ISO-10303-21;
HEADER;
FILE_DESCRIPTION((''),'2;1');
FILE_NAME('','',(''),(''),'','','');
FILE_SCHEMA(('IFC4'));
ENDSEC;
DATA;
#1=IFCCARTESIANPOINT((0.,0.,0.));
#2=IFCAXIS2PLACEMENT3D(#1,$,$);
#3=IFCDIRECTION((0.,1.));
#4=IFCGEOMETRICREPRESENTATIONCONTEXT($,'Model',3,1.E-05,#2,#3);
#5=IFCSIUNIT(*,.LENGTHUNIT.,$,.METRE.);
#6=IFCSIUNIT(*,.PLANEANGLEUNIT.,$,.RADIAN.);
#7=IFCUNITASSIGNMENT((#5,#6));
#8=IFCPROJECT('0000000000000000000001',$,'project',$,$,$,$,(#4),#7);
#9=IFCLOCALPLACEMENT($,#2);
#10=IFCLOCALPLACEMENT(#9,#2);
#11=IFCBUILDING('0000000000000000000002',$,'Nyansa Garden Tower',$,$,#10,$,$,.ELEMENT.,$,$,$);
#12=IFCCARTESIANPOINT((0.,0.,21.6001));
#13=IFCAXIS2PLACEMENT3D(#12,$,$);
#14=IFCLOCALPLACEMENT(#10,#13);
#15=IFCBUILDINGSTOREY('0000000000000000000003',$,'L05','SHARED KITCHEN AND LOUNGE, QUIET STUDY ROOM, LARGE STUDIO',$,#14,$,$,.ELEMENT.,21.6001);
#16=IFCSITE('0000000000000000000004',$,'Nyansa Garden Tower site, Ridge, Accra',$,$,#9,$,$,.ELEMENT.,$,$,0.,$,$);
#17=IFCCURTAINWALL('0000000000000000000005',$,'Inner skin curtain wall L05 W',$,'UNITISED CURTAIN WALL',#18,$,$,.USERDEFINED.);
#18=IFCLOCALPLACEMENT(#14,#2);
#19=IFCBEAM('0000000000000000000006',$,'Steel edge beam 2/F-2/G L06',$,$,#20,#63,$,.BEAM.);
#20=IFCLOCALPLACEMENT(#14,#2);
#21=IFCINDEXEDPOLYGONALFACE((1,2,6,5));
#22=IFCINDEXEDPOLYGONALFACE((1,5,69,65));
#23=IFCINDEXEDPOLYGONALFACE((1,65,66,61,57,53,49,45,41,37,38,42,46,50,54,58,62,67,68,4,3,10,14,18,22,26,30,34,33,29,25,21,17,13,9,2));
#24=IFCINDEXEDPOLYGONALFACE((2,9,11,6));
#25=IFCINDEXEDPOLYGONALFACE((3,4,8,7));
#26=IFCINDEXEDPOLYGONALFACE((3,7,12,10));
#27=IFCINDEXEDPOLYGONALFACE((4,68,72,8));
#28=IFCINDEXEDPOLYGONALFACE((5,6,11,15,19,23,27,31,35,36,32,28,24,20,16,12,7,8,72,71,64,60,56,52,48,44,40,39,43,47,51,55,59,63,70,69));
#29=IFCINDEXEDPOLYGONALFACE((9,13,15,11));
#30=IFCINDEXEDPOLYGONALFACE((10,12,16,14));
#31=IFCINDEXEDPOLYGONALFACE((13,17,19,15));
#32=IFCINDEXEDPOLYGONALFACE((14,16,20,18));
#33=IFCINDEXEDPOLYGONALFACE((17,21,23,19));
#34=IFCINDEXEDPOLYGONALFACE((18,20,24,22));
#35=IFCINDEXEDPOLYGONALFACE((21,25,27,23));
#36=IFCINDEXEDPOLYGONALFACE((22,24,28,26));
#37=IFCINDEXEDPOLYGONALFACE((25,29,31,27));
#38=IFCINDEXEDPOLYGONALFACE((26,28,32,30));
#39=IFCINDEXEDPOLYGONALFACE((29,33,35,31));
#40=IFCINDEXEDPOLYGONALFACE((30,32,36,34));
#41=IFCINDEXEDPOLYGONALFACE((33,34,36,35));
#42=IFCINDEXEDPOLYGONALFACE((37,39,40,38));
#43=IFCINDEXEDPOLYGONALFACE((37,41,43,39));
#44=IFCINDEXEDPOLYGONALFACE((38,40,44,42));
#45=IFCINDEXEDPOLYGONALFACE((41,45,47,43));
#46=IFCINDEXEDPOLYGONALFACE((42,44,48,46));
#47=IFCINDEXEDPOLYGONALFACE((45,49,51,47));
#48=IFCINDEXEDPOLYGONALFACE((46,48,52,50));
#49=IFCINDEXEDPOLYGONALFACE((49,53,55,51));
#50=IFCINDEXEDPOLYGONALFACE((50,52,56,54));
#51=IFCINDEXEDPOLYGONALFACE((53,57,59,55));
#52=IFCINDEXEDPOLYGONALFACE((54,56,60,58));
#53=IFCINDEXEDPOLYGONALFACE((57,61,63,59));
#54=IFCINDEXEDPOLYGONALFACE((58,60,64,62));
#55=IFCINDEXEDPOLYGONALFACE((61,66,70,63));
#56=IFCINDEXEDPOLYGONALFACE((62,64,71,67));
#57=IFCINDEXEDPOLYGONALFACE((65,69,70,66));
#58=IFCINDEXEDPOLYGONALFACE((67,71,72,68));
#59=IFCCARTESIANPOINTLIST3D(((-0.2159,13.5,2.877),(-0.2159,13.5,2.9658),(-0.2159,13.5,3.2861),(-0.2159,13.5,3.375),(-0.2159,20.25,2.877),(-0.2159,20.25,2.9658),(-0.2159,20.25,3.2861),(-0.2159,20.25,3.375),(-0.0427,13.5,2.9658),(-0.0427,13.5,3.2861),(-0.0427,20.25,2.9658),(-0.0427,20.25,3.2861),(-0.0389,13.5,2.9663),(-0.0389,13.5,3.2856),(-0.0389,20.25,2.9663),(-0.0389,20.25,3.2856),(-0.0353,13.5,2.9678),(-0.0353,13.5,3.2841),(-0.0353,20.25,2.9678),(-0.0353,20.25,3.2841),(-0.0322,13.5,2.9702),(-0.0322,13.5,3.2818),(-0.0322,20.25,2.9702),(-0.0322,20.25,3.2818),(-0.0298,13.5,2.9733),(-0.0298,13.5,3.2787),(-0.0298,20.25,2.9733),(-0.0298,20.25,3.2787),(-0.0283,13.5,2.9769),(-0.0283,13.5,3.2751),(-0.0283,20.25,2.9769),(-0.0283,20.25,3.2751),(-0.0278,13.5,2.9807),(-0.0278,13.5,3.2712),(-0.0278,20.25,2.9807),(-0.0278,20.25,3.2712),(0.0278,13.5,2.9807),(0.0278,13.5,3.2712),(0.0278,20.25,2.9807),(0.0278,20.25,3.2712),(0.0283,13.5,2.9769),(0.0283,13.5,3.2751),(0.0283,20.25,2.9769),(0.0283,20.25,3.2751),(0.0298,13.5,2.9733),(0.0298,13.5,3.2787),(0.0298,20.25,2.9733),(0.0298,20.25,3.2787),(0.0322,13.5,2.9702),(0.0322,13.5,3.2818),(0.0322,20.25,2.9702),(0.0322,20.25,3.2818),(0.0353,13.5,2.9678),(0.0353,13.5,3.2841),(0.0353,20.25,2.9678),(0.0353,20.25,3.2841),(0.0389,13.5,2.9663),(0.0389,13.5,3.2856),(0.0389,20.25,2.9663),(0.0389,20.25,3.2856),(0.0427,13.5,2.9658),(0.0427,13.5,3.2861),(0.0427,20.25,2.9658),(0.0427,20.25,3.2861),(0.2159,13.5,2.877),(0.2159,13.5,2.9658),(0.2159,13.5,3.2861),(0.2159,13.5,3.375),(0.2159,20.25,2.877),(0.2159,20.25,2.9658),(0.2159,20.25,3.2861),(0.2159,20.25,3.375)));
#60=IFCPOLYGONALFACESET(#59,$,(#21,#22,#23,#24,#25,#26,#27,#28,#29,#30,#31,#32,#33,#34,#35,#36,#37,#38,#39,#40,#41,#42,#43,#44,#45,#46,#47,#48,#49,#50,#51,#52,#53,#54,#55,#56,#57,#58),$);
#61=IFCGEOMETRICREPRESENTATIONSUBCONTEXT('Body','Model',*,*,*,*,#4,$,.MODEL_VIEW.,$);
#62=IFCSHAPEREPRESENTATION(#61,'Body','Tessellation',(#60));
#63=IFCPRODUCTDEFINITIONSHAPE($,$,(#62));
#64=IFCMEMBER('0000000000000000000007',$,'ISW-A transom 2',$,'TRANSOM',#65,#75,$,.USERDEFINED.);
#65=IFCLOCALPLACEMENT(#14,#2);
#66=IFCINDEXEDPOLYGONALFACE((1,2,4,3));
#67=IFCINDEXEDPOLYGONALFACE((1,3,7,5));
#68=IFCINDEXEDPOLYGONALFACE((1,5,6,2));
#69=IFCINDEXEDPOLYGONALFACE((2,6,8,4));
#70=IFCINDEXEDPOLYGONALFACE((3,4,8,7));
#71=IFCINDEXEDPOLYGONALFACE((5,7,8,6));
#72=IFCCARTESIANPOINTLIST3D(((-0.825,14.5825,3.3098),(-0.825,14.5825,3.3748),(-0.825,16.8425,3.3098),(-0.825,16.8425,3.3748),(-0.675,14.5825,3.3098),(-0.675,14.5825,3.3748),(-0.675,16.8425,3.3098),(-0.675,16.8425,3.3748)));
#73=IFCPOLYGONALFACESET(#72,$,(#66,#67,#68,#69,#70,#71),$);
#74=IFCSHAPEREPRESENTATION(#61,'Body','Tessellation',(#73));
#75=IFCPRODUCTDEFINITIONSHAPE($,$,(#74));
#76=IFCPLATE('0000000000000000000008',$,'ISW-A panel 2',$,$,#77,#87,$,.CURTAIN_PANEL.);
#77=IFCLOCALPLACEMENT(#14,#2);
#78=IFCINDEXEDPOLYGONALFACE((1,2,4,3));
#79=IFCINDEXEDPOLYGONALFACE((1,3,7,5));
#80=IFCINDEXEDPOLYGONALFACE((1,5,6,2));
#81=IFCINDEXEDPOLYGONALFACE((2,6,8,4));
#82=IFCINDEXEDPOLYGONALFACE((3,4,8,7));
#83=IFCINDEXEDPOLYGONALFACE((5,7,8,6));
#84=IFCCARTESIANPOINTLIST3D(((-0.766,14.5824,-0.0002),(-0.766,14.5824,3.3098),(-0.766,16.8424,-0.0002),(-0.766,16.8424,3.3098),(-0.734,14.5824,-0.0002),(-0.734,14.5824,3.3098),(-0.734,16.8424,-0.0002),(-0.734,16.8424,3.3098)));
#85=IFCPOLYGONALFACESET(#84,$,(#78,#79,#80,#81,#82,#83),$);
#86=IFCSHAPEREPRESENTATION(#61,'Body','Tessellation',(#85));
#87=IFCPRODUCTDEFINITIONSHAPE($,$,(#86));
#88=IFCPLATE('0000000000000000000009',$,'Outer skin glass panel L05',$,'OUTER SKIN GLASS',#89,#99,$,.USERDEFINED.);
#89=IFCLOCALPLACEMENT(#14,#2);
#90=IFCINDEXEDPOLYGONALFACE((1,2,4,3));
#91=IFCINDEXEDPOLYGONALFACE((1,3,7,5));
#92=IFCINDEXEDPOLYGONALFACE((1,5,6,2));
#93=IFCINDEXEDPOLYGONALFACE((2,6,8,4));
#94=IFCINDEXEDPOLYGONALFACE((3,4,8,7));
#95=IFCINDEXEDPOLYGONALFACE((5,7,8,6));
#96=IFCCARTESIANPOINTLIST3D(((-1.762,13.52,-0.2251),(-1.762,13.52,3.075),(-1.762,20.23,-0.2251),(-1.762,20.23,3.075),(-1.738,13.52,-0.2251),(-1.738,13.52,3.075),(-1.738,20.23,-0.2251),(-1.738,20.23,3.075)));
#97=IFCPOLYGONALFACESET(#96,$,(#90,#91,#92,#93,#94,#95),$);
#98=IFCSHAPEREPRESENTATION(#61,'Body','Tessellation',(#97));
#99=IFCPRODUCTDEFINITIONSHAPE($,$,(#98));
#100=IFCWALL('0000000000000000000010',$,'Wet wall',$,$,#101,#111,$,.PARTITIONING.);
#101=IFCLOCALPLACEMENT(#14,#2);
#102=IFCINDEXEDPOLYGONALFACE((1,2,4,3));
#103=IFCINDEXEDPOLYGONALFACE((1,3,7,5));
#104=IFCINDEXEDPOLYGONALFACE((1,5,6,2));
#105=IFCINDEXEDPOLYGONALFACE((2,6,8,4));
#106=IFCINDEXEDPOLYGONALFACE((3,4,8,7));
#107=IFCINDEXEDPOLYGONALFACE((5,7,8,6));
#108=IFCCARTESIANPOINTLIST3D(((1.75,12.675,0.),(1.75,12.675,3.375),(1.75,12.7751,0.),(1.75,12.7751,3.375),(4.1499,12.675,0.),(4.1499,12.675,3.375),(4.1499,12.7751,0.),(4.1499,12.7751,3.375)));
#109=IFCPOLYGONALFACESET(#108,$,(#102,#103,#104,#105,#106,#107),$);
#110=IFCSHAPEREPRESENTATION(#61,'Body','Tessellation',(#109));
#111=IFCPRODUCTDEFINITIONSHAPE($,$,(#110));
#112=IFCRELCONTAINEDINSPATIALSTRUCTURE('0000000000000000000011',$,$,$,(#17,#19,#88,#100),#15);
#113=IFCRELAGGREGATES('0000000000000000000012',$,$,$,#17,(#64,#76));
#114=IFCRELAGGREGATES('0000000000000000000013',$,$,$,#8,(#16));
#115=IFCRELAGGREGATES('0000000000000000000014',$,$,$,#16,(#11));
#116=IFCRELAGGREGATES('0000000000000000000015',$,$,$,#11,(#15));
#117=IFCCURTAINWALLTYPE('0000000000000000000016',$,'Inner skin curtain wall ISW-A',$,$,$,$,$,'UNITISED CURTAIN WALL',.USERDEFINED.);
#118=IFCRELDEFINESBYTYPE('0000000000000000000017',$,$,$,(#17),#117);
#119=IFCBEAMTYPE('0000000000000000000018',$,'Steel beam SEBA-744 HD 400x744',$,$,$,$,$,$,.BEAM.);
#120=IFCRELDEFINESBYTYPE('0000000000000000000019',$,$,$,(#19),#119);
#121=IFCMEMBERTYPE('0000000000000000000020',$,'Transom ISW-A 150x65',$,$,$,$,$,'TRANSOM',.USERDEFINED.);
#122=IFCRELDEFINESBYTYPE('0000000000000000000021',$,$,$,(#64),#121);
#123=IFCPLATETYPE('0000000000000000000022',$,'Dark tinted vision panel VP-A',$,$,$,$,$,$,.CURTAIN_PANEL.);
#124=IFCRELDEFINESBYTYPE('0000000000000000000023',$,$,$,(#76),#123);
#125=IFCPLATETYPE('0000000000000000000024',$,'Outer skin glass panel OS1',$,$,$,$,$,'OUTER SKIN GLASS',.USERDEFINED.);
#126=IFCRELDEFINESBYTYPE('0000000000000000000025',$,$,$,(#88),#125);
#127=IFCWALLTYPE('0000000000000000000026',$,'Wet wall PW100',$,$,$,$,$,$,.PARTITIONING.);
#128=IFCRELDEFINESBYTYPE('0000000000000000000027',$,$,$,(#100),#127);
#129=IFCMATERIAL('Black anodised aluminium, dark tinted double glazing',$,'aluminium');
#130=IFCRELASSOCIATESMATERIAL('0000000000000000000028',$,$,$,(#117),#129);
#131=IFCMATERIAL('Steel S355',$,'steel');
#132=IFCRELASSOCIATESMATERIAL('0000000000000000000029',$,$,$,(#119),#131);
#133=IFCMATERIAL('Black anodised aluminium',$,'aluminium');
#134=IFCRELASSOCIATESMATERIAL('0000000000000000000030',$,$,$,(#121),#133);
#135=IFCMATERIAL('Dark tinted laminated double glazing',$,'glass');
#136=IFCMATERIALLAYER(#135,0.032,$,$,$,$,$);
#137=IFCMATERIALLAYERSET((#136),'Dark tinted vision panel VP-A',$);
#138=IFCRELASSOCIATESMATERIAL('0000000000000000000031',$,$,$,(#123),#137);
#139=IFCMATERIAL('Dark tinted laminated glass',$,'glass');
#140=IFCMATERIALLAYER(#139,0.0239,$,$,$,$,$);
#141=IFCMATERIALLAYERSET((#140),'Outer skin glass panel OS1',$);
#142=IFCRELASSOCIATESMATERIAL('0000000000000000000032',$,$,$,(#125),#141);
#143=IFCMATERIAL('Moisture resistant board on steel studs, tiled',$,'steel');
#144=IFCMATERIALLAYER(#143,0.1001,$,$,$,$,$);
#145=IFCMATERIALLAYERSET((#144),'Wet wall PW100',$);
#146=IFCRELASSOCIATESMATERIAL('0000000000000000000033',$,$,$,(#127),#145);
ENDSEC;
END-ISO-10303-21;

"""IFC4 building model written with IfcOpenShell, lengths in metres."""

from ifc_helpers import new_model, si_unit, direction, frame, frame_2d, origin, origin_2d, place, context, subcontext, project, spatial, rectangle, i_section, extrude, material, layer, layer_set, material_profile, profile_set, type_object, element, aggregate, save


model = new_model("IFC4")

# Units and contexts
model_context = context("Model", 3, precision=1e-05, world=origin(), true_north=direction((0.0, 1.0)))
body_context = subcontext(model_context, "Body", "Model", "MODEL_VIEW")
ifc_project = project(units=[si_unit("LENGTHUNIT", "METRE"), si_unit("PLANEANGLEUNIT", "RADIAN")], contexts=[model_context])

# Site, building, storey
site_placement = place(None, origin())
site = spatial("IfcSite", under=ifc_project, at=site_placement, Name="Nyansa Garden Tower site, Ridge, Accra", CompositionType="ELEMENT", RefElevation=0.0)
building_placement = place(site_placement, origin())
building = spatial("IfcBuilding", under=site, at=building_placement, Name="Nyansa Garden Tower", CompositionType="ELEMENT")
storey_placement = place(building_placement, frame((0.0, 0.0, 21.6001)))
storey = spatial("IfcBuildingStorey", under=building, at=storey_placement, Name="L05", Description="SHARED KITCHEN AND LOUNGE, QUIET STUDY ROOM, LARGE STUDIO", CompositionType="ELEMENT", Elevation=21.6001)

# Curtain wall
ifc_material_1 = material(Name="Black anodised aluminium, dark tinted double glazing", Category="aluminium")
curtain_wall_type = type_object("IfcCurtainWallType", Name="Inner skin curtain wall ISW-A", ElementType="UNITISED CURTAIN WALL", PredefinedType="USERDEFINED", material=ifc_material_1)
curtain_wall_placement = place(storey_placement, origin())
curtain_wall = element("IfcCurtainWall", 1, at=curtain_wall_placement, inside=storey, type_object=curtain_wall_type, Name="Inner skin curtain wall L05 W", ObjectType="UNITISED CURTAIN WALL", PredefinedType="USERDEFINED")

# Beam
ifc_material_2 = material(Name="Steel S355", Category="steel")
ifc_material_profile_1 = material_profile(ifc_material_2, i_section(OverallWidth=0.4319, OverallDepth=0.498, WebThickness=0.0557, FlangeThickness=0.0889, FilletRadius=0.0149, at=origin_2d()), Name="HD 400x744")
ifc_profile_set_1 = profile_set([ifc_material_profile_1], Name="Steel S355")
beam_type_1 = type_object("IfcBeamType", Name="Steel beam SEBA-744 HD 400x744", PredefinedType="BEAM", material=ifc_profile_set_1)
beam_1_placement = place(storey_placement, frame((0.0, 13.5, 3.126), z_axis=(0.0, 1.0, 0.0), x_axis=(-1.0, 0.0, 0.0)))
element("IfcBeam", 2, at=beam_1_placement, inside=storey, type_object=beam_type_1, Name="Steel edge beam 2/F-2/G L06", PredefinedType="BEAM", context=body_context, shape_type="SweptSolid", body=[
    extrude(i_section(OverallWidth=0.4319, OverallDepth=0.498, WebThickness=0.0557, FlangeThickness=0.0889, FilletRadius=0.0149, at=origin_2d()), origin(), (0.0, 0.0, 1.0), 6.75),
])

# Member
ifc_material_3 = material(Name="Black anodised aluminium", Category="aluminium")
ifc_material_profile_2 = material_profile(ifc_material_3, rectangle(XDim=0.1499, YDim=0.0649, at=origin_2d()), Name="Transom 150x65")
ifc_profile_set_2 = profile_set([ifc_material_profile_2], Name="Black anodised aluminium")
member_type_1 = type_object("IfcMemberType", Name="Transom ISW-A 150x65", ElementType="TRANSOM", PredefinedType="USERDEFINED", material=ifc_profile_set_2)
member_1_placement = place(storey_placement, frame((-0.75, 16.8425, 3.3423), z_axis=(0.0, -1.0, 0.0), x_axis=(1.0, 0.0, 0.0)))
member_1 = element("IfcMember", 3, at=member_1_placement, type_object=member_type_1, Name="ISW-A transom 2", ObjectType="TRANSOM", PredefinedType="USERDEFINED", context=body_context, shape_type="SweptSolid", body=[
    extrude(rectangle(XDim=0.1499, YDim=0.0649, at=origin_2d()), origin(), (0.0, 0.0, 1.0), 2.26),
])

# Plates
ifc_material_4 = material(Name="Dark tinted laminated double glazing", Category="glass")
ifc_layer_1 = layer(ifc_material_4, 0.032)
ifc_layer_set_1 = layer_set([ifc_layer_1], Name="Dark tinted vision panel VP-A")
plate_type_1 = type_object("IfcPlateType", Name="Dark tinted vision panel VP-A", PredefinedType="CURTAIN_PANEL", material=ifc_layer_set_1)
plate_1_placement = place(storey_placement, frame((-0.75, 15.7124, -0.0002), z_axis=(0.0, 0.0, 1.0), x_axis=(0.0, -1.0, 0.0)))
plate_1 = element("IfcPlate", 4, at=plate_1_placement, type_object=plate_type_1, Name="ISW-A panel 2", PredefinedType="CURTAIN_PANEL", context=body_context, shape_type="SweptSolid", body=[
    extrude(rectangle(XDim=2.26, YDim=0.032, at=origin_2d()), origin(), (0.0, 0.0, 1.0), 3.3101),
])
aggregate(curtain_wall, [member_1, plate_1])
ifc_material_5 = material(Name="Dark tinted laminated glass", Category="glass")
ifc_layer_2 = layer(ifc_material_5, 0.0239)
ifc_layer_set_2 = layer_set([ifc_layer_2], Name="Outer skin glass panel OS1")
plate_type_2 = type_object("IfcPlateType", Name="Outer skin glass panel OS1", ElementType="OUTER SKIN GLASS", PredefinedType="USERDEFINED", material=ifc_layer_set_2)
plate_2_placement = place(storey_placement, frame((-1.75, 16.875, -0.2251), z_axis=(0.0, 0.0, 1.0), x_axis=(0.0, 1.0, 0.0)))
element("IfcPlate", 5, at=plate_2_placement, inside=storey, type_object=plate_type_2, Name="Outer skin glass panel L05", ObjectType="OUTER SKIN GLASS", PredefinedType="USERDEFINED", context=body_context, shape_type="SweptSolid", body=[
    extrude(rectangle(XDim=6.71, YDim=0.0239, at=origin_2d()), origin(), (0.0, 0.0, 1.0), 3.3),
])

# Wall
ifc_material_6 = material(Name="Moisture resistant board on steel studs, tiled", Category="steel")
ifc_layer_3 = layer(ifc_material_6, 0.1001)
ifc_layer_set_3 = layer_set([ifc_layer_3], Name="Wet wall PW100")
wall_type = type_object("IfcWallType", Name="Wet wall PW100", PredefinedType="PARTITIONING", material=ifc_layer_set_3)
wall_placement = place(storey_placement, frame((1.75, 12.7251, 0.0), z_axis=(0.0, 0.0, 1.0), x_axis=(1.0, 0.0, 0.0)))
element("IfcWall", 6, at=wall_placement, inside=storey, type_object=wall_type, Name="Wet wall", PredefinedType="PARTITIONING", context=body_context, shape_type="SweptSolid", body=[
    extrude(rectangle(XDim=2.3999, YDim=0.1001, at=frame_2d((1.2, 0.0))), origin(), (0.0, 0.0, 1.0), 3.375),
])

save(model, "model.ifc")
